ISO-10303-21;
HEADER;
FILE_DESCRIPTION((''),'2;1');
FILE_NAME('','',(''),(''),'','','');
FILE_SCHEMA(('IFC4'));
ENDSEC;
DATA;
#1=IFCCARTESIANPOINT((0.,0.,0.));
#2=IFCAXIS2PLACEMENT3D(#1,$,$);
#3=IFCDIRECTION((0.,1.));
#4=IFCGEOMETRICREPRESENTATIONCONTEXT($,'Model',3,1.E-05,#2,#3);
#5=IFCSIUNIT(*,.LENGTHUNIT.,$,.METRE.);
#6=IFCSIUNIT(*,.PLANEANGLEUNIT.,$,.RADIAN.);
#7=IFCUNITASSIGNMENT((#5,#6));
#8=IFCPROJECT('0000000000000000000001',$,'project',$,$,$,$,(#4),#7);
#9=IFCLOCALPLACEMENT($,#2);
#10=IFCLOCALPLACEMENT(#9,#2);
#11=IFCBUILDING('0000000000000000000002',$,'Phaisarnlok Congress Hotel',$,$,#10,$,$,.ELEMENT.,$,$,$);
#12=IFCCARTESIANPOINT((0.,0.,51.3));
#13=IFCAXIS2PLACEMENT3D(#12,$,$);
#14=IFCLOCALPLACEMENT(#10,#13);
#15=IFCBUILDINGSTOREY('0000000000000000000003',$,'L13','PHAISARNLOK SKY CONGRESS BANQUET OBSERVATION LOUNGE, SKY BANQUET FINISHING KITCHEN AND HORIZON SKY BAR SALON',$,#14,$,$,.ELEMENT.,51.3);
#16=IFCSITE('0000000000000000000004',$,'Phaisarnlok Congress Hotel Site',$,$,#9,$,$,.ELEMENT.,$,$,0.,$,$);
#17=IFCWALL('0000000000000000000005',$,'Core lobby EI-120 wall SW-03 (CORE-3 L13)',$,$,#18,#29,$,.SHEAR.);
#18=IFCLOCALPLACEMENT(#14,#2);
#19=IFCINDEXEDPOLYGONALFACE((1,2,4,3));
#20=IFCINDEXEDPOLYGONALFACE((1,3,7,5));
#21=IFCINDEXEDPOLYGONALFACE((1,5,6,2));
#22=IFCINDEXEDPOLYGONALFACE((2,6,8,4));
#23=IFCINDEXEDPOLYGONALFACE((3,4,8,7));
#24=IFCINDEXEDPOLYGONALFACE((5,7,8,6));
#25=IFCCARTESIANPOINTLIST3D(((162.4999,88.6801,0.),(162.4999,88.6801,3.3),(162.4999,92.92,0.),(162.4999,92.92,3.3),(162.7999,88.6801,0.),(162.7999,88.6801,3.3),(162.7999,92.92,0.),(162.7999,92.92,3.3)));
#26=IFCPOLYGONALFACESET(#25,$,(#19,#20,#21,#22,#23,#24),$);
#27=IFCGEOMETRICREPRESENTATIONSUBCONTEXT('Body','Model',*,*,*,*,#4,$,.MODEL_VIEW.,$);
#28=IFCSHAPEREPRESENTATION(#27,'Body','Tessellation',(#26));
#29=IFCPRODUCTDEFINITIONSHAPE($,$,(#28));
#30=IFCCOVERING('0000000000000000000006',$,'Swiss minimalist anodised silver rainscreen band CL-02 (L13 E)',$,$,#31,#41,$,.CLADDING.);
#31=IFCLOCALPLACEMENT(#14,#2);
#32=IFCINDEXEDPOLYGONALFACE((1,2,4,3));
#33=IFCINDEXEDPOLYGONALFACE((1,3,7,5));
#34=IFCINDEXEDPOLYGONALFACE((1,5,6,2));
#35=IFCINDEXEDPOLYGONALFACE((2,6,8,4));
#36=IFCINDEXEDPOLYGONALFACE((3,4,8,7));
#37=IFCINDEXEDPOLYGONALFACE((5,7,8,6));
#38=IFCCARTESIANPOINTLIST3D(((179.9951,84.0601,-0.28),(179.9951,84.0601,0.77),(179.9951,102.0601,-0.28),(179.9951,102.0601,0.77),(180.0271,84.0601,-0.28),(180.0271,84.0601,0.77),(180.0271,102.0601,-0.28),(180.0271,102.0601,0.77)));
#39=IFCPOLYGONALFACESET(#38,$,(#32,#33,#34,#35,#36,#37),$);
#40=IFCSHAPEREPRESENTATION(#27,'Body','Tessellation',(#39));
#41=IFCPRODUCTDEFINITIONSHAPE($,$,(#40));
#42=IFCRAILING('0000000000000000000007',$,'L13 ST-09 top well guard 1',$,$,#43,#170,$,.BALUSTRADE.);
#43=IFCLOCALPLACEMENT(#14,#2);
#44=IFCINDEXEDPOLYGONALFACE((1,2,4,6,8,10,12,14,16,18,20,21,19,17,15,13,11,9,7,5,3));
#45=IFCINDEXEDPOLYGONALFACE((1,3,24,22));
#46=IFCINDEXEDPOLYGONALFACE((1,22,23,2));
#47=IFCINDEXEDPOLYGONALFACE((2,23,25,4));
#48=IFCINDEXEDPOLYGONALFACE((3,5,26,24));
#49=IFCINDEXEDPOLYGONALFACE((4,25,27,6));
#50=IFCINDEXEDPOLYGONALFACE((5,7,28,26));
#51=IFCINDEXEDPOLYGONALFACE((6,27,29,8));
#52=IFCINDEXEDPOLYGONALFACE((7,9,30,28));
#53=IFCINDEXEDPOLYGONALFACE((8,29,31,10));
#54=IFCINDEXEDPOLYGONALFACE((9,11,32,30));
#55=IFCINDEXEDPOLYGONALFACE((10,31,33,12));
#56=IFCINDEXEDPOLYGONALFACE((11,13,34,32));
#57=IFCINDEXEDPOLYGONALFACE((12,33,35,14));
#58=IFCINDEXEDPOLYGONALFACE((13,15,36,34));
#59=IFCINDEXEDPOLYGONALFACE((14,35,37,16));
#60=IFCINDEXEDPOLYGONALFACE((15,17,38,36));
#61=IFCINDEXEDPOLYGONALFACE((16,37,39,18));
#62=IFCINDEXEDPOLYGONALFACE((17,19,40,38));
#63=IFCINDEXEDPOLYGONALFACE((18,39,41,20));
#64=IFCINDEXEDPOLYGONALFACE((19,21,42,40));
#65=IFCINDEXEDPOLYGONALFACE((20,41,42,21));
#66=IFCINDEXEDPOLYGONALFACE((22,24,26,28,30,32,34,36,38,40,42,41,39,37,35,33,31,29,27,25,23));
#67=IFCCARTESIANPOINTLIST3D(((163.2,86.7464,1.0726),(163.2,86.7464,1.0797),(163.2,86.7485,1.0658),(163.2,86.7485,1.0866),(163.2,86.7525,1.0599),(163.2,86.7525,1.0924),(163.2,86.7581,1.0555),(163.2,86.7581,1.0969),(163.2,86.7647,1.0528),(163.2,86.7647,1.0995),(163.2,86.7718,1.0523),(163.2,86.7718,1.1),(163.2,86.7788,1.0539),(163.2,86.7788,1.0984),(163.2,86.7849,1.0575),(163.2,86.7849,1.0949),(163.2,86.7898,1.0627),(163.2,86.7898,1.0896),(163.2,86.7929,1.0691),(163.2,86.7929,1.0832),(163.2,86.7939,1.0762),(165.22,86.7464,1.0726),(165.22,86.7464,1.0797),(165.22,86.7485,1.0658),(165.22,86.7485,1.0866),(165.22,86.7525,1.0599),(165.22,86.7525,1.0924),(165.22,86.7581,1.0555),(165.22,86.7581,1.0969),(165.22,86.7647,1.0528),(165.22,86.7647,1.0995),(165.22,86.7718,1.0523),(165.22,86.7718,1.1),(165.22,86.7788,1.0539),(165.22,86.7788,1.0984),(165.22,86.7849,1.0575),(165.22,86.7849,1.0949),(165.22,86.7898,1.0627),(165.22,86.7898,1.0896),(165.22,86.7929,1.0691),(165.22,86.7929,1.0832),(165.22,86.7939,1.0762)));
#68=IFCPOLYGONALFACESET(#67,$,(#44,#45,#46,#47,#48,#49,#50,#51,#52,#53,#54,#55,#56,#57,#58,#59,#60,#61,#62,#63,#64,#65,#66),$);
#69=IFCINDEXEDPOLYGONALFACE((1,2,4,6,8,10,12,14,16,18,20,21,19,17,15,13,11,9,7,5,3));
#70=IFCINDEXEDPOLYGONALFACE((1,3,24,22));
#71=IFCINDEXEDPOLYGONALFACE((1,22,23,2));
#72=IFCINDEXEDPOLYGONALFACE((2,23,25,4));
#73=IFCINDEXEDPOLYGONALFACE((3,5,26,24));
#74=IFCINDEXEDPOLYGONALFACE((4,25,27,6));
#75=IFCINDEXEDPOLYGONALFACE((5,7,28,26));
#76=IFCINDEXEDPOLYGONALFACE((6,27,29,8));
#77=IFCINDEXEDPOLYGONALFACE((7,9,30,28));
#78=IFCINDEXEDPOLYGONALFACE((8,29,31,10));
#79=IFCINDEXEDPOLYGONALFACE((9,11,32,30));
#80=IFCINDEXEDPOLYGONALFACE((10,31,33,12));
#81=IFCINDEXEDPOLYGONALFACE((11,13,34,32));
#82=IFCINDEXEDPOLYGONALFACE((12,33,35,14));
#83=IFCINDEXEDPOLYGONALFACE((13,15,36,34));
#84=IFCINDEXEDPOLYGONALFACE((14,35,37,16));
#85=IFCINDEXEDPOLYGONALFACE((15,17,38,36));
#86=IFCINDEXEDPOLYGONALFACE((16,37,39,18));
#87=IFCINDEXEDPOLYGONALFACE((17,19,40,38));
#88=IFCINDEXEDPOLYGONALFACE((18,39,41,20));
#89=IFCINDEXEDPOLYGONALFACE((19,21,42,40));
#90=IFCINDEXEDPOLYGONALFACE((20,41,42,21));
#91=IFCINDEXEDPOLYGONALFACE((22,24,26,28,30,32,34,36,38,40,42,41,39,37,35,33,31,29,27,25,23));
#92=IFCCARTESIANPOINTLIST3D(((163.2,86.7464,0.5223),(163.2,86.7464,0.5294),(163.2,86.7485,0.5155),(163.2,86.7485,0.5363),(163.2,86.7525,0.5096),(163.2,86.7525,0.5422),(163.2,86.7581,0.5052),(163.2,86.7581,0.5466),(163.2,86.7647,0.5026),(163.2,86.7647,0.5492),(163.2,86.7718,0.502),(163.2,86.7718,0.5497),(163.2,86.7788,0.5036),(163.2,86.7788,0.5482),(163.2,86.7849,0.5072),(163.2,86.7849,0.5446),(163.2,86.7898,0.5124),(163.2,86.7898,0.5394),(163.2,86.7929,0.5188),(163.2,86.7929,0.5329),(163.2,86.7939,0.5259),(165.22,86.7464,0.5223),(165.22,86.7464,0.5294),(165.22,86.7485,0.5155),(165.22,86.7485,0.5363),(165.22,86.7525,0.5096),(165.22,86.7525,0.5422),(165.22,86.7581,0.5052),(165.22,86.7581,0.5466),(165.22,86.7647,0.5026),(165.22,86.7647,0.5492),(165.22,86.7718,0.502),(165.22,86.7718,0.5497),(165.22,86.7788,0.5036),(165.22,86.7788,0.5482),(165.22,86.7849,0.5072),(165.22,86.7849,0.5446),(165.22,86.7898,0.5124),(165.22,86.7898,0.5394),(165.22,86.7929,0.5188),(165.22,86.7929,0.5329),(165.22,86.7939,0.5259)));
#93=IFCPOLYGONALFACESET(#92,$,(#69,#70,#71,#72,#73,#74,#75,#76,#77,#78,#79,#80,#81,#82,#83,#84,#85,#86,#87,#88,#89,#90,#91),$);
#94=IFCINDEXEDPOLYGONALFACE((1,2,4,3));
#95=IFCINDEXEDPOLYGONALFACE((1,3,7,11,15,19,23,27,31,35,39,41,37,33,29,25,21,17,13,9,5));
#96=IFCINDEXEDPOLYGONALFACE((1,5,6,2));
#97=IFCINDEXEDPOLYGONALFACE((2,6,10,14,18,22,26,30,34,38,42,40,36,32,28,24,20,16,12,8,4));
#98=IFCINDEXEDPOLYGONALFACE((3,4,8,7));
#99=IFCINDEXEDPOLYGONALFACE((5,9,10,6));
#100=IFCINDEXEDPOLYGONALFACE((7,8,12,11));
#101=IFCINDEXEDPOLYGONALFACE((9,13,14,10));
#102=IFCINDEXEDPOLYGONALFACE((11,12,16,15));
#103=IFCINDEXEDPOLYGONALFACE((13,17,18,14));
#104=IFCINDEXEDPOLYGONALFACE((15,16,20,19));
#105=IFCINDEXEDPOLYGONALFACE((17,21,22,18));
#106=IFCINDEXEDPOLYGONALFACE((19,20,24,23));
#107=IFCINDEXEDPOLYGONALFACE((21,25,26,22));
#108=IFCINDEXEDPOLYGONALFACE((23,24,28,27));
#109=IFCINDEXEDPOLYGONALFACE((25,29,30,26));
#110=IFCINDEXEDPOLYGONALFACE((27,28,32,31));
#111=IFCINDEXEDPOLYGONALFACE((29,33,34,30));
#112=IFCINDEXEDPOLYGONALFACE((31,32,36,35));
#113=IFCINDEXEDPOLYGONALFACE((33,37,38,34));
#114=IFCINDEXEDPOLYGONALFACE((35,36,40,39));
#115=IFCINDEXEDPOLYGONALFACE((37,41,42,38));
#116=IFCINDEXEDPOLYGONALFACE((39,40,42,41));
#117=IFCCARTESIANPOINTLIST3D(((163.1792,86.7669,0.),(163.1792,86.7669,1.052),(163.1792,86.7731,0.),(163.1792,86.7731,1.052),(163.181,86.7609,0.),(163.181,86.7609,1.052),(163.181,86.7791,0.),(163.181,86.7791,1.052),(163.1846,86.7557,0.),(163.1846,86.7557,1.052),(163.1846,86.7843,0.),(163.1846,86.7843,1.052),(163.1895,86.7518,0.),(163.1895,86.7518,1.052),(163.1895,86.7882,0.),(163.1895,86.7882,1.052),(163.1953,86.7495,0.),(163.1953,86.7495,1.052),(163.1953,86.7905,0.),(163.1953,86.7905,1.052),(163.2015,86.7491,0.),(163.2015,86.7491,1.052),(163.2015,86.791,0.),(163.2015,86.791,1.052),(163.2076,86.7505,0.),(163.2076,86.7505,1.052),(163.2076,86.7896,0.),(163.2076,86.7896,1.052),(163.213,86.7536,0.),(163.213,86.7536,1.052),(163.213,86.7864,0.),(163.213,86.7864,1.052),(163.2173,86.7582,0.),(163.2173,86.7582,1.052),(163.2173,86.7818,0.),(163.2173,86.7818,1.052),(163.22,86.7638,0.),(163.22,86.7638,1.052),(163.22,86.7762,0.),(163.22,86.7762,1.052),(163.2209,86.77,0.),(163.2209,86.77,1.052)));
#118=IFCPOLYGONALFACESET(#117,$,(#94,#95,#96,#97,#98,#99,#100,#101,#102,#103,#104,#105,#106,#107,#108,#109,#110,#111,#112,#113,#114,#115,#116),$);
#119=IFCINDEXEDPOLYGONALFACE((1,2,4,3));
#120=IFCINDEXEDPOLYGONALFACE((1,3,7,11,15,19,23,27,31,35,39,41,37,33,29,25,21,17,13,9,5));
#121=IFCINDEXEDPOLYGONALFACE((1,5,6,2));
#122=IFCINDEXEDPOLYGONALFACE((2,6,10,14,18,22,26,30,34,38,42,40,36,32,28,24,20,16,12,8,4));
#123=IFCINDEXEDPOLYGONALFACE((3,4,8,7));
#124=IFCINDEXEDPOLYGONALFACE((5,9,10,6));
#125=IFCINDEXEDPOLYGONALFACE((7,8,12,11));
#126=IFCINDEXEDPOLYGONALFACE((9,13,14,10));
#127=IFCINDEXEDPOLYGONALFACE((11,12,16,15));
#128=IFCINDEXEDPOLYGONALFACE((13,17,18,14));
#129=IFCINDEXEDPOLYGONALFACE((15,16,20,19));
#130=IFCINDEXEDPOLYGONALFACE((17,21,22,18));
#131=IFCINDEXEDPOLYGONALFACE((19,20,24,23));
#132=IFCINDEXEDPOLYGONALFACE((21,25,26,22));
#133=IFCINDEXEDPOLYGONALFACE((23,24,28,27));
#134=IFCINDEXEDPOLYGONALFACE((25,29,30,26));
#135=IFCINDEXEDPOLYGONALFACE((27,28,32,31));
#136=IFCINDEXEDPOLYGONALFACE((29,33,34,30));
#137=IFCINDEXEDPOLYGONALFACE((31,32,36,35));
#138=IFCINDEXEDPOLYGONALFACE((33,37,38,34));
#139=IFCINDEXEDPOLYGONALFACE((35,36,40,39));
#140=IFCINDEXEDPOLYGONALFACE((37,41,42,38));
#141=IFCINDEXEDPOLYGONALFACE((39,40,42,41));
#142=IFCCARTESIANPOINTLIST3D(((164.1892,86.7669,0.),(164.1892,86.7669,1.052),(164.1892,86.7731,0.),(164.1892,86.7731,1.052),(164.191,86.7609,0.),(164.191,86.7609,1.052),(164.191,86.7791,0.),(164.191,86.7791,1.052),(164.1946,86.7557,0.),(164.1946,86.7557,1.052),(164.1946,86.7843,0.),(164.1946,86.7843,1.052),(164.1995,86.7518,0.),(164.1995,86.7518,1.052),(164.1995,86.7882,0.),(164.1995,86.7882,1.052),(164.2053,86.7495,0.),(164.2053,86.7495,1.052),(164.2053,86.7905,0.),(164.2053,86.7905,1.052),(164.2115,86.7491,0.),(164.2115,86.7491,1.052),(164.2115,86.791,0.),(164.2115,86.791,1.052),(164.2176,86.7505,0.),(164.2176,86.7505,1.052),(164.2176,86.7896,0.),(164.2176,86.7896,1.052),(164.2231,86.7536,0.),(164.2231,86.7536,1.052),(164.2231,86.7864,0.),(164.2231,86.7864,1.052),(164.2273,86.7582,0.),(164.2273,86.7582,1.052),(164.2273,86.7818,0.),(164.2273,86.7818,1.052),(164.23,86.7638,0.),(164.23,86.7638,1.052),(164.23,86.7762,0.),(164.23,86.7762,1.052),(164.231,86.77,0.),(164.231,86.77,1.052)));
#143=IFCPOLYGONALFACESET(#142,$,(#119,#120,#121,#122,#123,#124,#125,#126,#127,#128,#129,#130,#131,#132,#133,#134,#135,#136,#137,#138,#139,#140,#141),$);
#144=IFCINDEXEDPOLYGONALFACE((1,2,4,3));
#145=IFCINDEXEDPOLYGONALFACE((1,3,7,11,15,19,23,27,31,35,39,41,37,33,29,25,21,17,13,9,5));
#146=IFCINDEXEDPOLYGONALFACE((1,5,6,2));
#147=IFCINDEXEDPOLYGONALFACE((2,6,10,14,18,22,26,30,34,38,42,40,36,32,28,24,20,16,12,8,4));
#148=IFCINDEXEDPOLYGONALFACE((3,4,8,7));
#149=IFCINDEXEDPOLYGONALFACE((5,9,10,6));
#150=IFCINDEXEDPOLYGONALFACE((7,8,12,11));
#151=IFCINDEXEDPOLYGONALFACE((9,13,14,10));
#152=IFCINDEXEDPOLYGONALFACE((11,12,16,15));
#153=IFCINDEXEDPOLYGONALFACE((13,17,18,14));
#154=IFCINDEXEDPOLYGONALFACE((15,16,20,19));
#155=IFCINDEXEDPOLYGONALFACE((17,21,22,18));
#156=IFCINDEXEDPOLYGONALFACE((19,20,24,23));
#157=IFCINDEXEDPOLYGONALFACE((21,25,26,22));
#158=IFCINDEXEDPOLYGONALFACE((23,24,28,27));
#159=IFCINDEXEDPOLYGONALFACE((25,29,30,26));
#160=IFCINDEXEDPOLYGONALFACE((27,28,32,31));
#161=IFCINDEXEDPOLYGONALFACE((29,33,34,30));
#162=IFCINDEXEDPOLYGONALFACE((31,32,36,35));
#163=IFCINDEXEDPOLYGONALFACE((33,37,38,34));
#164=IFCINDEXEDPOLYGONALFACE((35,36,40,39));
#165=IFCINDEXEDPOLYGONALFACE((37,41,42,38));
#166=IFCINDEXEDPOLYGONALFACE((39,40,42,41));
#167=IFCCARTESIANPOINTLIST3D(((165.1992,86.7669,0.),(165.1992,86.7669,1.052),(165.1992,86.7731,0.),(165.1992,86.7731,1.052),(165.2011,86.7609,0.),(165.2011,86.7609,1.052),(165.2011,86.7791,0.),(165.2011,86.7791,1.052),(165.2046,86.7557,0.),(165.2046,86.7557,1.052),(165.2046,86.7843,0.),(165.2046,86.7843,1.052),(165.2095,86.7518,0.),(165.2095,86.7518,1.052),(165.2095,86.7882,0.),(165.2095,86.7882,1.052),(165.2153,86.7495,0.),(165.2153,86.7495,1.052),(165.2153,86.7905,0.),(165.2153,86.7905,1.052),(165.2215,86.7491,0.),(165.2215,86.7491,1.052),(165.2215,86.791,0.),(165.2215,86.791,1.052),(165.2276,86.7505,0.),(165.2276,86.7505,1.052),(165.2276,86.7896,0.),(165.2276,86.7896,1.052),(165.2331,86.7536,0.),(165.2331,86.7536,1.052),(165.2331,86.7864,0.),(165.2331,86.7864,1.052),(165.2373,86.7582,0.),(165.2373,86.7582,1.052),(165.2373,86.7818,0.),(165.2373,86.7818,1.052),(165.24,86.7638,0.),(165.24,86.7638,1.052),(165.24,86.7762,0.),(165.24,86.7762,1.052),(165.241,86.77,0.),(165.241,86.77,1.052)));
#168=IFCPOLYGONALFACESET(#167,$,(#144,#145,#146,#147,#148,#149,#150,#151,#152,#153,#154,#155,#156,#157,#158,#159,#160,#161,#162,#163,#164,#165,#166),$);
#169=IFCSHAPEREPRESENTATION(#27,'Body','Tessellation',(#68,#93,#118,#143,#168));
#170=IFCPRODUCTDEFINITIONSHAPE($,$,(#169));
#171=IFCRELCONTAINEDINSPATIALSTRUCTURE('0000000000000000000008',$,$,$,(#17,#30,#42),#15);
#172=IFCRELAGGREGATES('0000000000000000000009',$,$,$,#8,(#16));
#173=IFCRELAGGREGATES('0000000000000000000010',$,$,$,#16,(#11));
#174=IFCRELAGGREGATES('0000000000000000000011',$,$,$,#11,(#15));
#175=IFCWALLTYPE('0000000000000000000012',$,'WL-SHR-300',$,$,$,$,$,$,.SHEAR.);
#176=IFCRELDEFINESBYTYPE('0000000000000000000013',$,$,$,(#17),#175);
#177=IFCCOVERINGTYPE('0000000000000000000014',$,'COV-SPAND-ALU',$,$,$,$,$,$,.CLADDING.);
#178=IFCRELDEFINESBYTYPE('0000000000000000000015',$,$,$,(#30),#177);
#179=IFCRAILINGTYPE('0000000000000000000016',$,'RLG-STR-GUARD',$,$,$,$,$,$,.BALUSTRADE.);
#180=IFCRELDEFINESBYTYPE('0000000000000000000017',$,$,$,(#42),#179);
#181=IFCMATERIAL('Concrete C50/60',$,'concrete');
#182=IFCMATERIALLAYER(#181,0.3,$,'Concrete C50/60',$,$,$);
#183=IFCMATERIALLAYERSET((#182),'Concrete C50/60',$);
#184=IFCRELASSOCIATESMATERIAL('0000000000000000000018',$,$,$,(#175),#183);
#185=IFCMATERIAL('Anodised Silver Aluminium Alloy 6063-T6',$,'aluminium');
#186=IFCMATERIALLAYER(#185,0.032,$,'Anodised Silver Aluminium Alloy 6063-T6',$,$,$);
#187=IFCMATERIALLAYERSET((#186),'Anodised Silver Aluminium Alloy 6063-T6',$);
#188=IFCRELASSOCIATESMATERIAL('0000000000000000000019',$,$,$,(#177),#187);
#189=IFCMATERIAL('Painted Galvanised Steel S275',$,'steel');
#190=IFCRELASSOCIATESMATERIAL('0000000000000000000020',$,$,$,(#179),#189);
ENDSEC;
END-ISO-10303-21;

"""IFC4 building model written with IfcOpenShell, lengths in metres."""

from ifc_helpers import new_model, si_unit, direction, frame, frame_2d, origin, origin_2d, place, context, subcontext, project, spatial, polyline, rectangle, circle, outline, extrude, material, layer, layer_set, type_object, element, save


model = new_model("IFC4")

# Units and contexts
model_context = context("Model", 3, precision=1e-05, world=origin(), true_north=direction((0.0, 1.0)))
body_context = subcontext(model_context, "Body", "Model", "MODEL_VIEW")
ifc_project = project(units=[si_unit("LENGTHUNIT", "METRE"), si_unit("PLANEANGLEUNIT", "RADIAN")], contexts=[model_context])

# Site, building, storey
site_placement = place(None, origin())
site = spatial("IfcSite", under=ifc_project, at=site_placement, Name="Phaisarnlok Congress Hotel Site", CompositionType="ELEMENT", RefElevation=0.0)
building_placement = place(site_placement, origin())
building = spatial("IfcBuilding", under=site, at=building_placement, Name="Phaisarnlok Congress Hotel", CompositionType="ELEMENT")
storey_placement = place(building_placement, frame((0.0, 0.0, 51.3)))
storey = spatial("IfcBuildingStorey", under=building, at=storey_placement, Name="L13", Description="PHAISARNLOK SKY CONGRESS BANQUET OBSERVATION LOUNGE, SKY BANQUET FINISHING KITCHEN AND HORIZON SKY BAR SALON", CompositionType="ELEMENT", Elevation=51.3)

# Shared definitions
ifc_material_1 = material(Name="Concrete C50/60", Category="concrete")

# Shared definitions
ifc_layer_1 = layer(ifc_material_1, 0.3, Name="Concrete C50/60")
ifc_layer_set_1 = layer_set([ifc_layer_1], Name="Concrete C50/60")
wall_type_1 = type_object("IfcWallType", Name="WL-SHR-300", PredefinedType="SHEAR", material=ifc_layer_set_1)

# Wall
wall_1_placement = place(storey_placement, frame((162.6499, 88.6799, 0.0), z_axis=(0.0, 0.0, 1.0), x_axis=(0.0, 1.0, 0.0)))
element("IfcWall", 1, at=wall_1_placement, inside=storey, type_object=wall_type_1, Name="Core lobby EI-120 wall SW-03 (CORE-3 L13)", PredefinedType="SHEAR", context=body_context, shape_type="SweptSolid", body=[
    extrude(rectangle(XDim=4.24, YDim=0.3, at=frame_2d((2.1201, 0.0))), origin(), (0.0, 0.0, 1.0), 3.3),
])

# Covering
ifc_material_2 = material(Name="Anodised Silver Aluminium Alloy 6063-T6", Category="aluminium")
ifc_layer_2 = layer(ifc_material_2, 0.032, Name="Anodised Silver Aluminium Alloy 6063-T6")
ifc_layer_set_2 = layer_set([ifc_layer_2], Name="Anodised Silver Aluminium Alloy 6063-T6")
covering_type = type_object("IfcCoveringType", Name="COV-SPAND-ALU", PredefinedType="CLADDING", material=ifc_layer_set_2)
covering_placement = place(storey_placement, frame((179.9951, 84.0601, -0.28), z_axis=(1.0, 0.0, 0.0), x_axis=(0.0, 1.0, 0.0)))
element("IfcCovering", 2, at=covering_placement, inside=storey, type_object=covering_type, Name="Swiss minimalist anodised silver rainscreen band CL-02 (L13 E)", PredefinedType="CLADDING", context=body_context, shape_type="SweptSolid", body=[
    extrude(outline(polyline([(0.0, 0.0), (18.0, 0.0), (18.0, 1.05), (0.0, 1.05), (0.0, 0.0)])), origin(), (0.0, 0.0, 1.0), 0.032),
])

# Railing
ifc_material_3 = material(Name="Painted Galvanised Steel S275", Category="steel")
railing_type = type_object("IfcRailingType", Name="RLG-STR-GUARD", PredefinedType="BALUSTRADE", material=ifc_material_3)
railing_placement = place(storey_placement, frame((163.2, 86.77, 0.0)))
element("IfcRailing", 3, at=railing_placement, inside=storey, type_object=railing_type, Name="L13 ST-09 top well guard 1", PredefinedType="BALUSTRADE", context=body_context, shape_type="SweptSolid", body=[
    extrude(circle(Radius=0.0239, at=origin_2d()), frame((0.0, 0.0, 1.0762), z_axis=(1.0, 0.0, 0.0), x_axis=(0.0, 1.0, 0.0)), (0.0, 0.0, 1.0), 2.02),
    extrude(circle(Radius=0.0239, at=origin_2d()), frame((0.0, 0.0, 0.5259), z_axis=(1.0, 0.0, 0.0), x_axis=(0.0, 1.0, 0.0)), (0.0, 0.0, 1.0), 2.02),
    extrude(circle(Radius=0.021, at=origin_2d()), origin(), (0.0, 0.0, 1.0), 1.052),
    extrude(circle(Radius=0.021, at=origin_2d()), frame((1.01, 0.0, 0.0)), (0.0, 0.0, 1.0), 1.052),
    extrude(circle(Radius=0.021, at=origin_2d()), frame((2.02, 0.0, 0.0)), (0.0, 0.0, 1.0), 1.052),
])

save(model, "model.ifc")
